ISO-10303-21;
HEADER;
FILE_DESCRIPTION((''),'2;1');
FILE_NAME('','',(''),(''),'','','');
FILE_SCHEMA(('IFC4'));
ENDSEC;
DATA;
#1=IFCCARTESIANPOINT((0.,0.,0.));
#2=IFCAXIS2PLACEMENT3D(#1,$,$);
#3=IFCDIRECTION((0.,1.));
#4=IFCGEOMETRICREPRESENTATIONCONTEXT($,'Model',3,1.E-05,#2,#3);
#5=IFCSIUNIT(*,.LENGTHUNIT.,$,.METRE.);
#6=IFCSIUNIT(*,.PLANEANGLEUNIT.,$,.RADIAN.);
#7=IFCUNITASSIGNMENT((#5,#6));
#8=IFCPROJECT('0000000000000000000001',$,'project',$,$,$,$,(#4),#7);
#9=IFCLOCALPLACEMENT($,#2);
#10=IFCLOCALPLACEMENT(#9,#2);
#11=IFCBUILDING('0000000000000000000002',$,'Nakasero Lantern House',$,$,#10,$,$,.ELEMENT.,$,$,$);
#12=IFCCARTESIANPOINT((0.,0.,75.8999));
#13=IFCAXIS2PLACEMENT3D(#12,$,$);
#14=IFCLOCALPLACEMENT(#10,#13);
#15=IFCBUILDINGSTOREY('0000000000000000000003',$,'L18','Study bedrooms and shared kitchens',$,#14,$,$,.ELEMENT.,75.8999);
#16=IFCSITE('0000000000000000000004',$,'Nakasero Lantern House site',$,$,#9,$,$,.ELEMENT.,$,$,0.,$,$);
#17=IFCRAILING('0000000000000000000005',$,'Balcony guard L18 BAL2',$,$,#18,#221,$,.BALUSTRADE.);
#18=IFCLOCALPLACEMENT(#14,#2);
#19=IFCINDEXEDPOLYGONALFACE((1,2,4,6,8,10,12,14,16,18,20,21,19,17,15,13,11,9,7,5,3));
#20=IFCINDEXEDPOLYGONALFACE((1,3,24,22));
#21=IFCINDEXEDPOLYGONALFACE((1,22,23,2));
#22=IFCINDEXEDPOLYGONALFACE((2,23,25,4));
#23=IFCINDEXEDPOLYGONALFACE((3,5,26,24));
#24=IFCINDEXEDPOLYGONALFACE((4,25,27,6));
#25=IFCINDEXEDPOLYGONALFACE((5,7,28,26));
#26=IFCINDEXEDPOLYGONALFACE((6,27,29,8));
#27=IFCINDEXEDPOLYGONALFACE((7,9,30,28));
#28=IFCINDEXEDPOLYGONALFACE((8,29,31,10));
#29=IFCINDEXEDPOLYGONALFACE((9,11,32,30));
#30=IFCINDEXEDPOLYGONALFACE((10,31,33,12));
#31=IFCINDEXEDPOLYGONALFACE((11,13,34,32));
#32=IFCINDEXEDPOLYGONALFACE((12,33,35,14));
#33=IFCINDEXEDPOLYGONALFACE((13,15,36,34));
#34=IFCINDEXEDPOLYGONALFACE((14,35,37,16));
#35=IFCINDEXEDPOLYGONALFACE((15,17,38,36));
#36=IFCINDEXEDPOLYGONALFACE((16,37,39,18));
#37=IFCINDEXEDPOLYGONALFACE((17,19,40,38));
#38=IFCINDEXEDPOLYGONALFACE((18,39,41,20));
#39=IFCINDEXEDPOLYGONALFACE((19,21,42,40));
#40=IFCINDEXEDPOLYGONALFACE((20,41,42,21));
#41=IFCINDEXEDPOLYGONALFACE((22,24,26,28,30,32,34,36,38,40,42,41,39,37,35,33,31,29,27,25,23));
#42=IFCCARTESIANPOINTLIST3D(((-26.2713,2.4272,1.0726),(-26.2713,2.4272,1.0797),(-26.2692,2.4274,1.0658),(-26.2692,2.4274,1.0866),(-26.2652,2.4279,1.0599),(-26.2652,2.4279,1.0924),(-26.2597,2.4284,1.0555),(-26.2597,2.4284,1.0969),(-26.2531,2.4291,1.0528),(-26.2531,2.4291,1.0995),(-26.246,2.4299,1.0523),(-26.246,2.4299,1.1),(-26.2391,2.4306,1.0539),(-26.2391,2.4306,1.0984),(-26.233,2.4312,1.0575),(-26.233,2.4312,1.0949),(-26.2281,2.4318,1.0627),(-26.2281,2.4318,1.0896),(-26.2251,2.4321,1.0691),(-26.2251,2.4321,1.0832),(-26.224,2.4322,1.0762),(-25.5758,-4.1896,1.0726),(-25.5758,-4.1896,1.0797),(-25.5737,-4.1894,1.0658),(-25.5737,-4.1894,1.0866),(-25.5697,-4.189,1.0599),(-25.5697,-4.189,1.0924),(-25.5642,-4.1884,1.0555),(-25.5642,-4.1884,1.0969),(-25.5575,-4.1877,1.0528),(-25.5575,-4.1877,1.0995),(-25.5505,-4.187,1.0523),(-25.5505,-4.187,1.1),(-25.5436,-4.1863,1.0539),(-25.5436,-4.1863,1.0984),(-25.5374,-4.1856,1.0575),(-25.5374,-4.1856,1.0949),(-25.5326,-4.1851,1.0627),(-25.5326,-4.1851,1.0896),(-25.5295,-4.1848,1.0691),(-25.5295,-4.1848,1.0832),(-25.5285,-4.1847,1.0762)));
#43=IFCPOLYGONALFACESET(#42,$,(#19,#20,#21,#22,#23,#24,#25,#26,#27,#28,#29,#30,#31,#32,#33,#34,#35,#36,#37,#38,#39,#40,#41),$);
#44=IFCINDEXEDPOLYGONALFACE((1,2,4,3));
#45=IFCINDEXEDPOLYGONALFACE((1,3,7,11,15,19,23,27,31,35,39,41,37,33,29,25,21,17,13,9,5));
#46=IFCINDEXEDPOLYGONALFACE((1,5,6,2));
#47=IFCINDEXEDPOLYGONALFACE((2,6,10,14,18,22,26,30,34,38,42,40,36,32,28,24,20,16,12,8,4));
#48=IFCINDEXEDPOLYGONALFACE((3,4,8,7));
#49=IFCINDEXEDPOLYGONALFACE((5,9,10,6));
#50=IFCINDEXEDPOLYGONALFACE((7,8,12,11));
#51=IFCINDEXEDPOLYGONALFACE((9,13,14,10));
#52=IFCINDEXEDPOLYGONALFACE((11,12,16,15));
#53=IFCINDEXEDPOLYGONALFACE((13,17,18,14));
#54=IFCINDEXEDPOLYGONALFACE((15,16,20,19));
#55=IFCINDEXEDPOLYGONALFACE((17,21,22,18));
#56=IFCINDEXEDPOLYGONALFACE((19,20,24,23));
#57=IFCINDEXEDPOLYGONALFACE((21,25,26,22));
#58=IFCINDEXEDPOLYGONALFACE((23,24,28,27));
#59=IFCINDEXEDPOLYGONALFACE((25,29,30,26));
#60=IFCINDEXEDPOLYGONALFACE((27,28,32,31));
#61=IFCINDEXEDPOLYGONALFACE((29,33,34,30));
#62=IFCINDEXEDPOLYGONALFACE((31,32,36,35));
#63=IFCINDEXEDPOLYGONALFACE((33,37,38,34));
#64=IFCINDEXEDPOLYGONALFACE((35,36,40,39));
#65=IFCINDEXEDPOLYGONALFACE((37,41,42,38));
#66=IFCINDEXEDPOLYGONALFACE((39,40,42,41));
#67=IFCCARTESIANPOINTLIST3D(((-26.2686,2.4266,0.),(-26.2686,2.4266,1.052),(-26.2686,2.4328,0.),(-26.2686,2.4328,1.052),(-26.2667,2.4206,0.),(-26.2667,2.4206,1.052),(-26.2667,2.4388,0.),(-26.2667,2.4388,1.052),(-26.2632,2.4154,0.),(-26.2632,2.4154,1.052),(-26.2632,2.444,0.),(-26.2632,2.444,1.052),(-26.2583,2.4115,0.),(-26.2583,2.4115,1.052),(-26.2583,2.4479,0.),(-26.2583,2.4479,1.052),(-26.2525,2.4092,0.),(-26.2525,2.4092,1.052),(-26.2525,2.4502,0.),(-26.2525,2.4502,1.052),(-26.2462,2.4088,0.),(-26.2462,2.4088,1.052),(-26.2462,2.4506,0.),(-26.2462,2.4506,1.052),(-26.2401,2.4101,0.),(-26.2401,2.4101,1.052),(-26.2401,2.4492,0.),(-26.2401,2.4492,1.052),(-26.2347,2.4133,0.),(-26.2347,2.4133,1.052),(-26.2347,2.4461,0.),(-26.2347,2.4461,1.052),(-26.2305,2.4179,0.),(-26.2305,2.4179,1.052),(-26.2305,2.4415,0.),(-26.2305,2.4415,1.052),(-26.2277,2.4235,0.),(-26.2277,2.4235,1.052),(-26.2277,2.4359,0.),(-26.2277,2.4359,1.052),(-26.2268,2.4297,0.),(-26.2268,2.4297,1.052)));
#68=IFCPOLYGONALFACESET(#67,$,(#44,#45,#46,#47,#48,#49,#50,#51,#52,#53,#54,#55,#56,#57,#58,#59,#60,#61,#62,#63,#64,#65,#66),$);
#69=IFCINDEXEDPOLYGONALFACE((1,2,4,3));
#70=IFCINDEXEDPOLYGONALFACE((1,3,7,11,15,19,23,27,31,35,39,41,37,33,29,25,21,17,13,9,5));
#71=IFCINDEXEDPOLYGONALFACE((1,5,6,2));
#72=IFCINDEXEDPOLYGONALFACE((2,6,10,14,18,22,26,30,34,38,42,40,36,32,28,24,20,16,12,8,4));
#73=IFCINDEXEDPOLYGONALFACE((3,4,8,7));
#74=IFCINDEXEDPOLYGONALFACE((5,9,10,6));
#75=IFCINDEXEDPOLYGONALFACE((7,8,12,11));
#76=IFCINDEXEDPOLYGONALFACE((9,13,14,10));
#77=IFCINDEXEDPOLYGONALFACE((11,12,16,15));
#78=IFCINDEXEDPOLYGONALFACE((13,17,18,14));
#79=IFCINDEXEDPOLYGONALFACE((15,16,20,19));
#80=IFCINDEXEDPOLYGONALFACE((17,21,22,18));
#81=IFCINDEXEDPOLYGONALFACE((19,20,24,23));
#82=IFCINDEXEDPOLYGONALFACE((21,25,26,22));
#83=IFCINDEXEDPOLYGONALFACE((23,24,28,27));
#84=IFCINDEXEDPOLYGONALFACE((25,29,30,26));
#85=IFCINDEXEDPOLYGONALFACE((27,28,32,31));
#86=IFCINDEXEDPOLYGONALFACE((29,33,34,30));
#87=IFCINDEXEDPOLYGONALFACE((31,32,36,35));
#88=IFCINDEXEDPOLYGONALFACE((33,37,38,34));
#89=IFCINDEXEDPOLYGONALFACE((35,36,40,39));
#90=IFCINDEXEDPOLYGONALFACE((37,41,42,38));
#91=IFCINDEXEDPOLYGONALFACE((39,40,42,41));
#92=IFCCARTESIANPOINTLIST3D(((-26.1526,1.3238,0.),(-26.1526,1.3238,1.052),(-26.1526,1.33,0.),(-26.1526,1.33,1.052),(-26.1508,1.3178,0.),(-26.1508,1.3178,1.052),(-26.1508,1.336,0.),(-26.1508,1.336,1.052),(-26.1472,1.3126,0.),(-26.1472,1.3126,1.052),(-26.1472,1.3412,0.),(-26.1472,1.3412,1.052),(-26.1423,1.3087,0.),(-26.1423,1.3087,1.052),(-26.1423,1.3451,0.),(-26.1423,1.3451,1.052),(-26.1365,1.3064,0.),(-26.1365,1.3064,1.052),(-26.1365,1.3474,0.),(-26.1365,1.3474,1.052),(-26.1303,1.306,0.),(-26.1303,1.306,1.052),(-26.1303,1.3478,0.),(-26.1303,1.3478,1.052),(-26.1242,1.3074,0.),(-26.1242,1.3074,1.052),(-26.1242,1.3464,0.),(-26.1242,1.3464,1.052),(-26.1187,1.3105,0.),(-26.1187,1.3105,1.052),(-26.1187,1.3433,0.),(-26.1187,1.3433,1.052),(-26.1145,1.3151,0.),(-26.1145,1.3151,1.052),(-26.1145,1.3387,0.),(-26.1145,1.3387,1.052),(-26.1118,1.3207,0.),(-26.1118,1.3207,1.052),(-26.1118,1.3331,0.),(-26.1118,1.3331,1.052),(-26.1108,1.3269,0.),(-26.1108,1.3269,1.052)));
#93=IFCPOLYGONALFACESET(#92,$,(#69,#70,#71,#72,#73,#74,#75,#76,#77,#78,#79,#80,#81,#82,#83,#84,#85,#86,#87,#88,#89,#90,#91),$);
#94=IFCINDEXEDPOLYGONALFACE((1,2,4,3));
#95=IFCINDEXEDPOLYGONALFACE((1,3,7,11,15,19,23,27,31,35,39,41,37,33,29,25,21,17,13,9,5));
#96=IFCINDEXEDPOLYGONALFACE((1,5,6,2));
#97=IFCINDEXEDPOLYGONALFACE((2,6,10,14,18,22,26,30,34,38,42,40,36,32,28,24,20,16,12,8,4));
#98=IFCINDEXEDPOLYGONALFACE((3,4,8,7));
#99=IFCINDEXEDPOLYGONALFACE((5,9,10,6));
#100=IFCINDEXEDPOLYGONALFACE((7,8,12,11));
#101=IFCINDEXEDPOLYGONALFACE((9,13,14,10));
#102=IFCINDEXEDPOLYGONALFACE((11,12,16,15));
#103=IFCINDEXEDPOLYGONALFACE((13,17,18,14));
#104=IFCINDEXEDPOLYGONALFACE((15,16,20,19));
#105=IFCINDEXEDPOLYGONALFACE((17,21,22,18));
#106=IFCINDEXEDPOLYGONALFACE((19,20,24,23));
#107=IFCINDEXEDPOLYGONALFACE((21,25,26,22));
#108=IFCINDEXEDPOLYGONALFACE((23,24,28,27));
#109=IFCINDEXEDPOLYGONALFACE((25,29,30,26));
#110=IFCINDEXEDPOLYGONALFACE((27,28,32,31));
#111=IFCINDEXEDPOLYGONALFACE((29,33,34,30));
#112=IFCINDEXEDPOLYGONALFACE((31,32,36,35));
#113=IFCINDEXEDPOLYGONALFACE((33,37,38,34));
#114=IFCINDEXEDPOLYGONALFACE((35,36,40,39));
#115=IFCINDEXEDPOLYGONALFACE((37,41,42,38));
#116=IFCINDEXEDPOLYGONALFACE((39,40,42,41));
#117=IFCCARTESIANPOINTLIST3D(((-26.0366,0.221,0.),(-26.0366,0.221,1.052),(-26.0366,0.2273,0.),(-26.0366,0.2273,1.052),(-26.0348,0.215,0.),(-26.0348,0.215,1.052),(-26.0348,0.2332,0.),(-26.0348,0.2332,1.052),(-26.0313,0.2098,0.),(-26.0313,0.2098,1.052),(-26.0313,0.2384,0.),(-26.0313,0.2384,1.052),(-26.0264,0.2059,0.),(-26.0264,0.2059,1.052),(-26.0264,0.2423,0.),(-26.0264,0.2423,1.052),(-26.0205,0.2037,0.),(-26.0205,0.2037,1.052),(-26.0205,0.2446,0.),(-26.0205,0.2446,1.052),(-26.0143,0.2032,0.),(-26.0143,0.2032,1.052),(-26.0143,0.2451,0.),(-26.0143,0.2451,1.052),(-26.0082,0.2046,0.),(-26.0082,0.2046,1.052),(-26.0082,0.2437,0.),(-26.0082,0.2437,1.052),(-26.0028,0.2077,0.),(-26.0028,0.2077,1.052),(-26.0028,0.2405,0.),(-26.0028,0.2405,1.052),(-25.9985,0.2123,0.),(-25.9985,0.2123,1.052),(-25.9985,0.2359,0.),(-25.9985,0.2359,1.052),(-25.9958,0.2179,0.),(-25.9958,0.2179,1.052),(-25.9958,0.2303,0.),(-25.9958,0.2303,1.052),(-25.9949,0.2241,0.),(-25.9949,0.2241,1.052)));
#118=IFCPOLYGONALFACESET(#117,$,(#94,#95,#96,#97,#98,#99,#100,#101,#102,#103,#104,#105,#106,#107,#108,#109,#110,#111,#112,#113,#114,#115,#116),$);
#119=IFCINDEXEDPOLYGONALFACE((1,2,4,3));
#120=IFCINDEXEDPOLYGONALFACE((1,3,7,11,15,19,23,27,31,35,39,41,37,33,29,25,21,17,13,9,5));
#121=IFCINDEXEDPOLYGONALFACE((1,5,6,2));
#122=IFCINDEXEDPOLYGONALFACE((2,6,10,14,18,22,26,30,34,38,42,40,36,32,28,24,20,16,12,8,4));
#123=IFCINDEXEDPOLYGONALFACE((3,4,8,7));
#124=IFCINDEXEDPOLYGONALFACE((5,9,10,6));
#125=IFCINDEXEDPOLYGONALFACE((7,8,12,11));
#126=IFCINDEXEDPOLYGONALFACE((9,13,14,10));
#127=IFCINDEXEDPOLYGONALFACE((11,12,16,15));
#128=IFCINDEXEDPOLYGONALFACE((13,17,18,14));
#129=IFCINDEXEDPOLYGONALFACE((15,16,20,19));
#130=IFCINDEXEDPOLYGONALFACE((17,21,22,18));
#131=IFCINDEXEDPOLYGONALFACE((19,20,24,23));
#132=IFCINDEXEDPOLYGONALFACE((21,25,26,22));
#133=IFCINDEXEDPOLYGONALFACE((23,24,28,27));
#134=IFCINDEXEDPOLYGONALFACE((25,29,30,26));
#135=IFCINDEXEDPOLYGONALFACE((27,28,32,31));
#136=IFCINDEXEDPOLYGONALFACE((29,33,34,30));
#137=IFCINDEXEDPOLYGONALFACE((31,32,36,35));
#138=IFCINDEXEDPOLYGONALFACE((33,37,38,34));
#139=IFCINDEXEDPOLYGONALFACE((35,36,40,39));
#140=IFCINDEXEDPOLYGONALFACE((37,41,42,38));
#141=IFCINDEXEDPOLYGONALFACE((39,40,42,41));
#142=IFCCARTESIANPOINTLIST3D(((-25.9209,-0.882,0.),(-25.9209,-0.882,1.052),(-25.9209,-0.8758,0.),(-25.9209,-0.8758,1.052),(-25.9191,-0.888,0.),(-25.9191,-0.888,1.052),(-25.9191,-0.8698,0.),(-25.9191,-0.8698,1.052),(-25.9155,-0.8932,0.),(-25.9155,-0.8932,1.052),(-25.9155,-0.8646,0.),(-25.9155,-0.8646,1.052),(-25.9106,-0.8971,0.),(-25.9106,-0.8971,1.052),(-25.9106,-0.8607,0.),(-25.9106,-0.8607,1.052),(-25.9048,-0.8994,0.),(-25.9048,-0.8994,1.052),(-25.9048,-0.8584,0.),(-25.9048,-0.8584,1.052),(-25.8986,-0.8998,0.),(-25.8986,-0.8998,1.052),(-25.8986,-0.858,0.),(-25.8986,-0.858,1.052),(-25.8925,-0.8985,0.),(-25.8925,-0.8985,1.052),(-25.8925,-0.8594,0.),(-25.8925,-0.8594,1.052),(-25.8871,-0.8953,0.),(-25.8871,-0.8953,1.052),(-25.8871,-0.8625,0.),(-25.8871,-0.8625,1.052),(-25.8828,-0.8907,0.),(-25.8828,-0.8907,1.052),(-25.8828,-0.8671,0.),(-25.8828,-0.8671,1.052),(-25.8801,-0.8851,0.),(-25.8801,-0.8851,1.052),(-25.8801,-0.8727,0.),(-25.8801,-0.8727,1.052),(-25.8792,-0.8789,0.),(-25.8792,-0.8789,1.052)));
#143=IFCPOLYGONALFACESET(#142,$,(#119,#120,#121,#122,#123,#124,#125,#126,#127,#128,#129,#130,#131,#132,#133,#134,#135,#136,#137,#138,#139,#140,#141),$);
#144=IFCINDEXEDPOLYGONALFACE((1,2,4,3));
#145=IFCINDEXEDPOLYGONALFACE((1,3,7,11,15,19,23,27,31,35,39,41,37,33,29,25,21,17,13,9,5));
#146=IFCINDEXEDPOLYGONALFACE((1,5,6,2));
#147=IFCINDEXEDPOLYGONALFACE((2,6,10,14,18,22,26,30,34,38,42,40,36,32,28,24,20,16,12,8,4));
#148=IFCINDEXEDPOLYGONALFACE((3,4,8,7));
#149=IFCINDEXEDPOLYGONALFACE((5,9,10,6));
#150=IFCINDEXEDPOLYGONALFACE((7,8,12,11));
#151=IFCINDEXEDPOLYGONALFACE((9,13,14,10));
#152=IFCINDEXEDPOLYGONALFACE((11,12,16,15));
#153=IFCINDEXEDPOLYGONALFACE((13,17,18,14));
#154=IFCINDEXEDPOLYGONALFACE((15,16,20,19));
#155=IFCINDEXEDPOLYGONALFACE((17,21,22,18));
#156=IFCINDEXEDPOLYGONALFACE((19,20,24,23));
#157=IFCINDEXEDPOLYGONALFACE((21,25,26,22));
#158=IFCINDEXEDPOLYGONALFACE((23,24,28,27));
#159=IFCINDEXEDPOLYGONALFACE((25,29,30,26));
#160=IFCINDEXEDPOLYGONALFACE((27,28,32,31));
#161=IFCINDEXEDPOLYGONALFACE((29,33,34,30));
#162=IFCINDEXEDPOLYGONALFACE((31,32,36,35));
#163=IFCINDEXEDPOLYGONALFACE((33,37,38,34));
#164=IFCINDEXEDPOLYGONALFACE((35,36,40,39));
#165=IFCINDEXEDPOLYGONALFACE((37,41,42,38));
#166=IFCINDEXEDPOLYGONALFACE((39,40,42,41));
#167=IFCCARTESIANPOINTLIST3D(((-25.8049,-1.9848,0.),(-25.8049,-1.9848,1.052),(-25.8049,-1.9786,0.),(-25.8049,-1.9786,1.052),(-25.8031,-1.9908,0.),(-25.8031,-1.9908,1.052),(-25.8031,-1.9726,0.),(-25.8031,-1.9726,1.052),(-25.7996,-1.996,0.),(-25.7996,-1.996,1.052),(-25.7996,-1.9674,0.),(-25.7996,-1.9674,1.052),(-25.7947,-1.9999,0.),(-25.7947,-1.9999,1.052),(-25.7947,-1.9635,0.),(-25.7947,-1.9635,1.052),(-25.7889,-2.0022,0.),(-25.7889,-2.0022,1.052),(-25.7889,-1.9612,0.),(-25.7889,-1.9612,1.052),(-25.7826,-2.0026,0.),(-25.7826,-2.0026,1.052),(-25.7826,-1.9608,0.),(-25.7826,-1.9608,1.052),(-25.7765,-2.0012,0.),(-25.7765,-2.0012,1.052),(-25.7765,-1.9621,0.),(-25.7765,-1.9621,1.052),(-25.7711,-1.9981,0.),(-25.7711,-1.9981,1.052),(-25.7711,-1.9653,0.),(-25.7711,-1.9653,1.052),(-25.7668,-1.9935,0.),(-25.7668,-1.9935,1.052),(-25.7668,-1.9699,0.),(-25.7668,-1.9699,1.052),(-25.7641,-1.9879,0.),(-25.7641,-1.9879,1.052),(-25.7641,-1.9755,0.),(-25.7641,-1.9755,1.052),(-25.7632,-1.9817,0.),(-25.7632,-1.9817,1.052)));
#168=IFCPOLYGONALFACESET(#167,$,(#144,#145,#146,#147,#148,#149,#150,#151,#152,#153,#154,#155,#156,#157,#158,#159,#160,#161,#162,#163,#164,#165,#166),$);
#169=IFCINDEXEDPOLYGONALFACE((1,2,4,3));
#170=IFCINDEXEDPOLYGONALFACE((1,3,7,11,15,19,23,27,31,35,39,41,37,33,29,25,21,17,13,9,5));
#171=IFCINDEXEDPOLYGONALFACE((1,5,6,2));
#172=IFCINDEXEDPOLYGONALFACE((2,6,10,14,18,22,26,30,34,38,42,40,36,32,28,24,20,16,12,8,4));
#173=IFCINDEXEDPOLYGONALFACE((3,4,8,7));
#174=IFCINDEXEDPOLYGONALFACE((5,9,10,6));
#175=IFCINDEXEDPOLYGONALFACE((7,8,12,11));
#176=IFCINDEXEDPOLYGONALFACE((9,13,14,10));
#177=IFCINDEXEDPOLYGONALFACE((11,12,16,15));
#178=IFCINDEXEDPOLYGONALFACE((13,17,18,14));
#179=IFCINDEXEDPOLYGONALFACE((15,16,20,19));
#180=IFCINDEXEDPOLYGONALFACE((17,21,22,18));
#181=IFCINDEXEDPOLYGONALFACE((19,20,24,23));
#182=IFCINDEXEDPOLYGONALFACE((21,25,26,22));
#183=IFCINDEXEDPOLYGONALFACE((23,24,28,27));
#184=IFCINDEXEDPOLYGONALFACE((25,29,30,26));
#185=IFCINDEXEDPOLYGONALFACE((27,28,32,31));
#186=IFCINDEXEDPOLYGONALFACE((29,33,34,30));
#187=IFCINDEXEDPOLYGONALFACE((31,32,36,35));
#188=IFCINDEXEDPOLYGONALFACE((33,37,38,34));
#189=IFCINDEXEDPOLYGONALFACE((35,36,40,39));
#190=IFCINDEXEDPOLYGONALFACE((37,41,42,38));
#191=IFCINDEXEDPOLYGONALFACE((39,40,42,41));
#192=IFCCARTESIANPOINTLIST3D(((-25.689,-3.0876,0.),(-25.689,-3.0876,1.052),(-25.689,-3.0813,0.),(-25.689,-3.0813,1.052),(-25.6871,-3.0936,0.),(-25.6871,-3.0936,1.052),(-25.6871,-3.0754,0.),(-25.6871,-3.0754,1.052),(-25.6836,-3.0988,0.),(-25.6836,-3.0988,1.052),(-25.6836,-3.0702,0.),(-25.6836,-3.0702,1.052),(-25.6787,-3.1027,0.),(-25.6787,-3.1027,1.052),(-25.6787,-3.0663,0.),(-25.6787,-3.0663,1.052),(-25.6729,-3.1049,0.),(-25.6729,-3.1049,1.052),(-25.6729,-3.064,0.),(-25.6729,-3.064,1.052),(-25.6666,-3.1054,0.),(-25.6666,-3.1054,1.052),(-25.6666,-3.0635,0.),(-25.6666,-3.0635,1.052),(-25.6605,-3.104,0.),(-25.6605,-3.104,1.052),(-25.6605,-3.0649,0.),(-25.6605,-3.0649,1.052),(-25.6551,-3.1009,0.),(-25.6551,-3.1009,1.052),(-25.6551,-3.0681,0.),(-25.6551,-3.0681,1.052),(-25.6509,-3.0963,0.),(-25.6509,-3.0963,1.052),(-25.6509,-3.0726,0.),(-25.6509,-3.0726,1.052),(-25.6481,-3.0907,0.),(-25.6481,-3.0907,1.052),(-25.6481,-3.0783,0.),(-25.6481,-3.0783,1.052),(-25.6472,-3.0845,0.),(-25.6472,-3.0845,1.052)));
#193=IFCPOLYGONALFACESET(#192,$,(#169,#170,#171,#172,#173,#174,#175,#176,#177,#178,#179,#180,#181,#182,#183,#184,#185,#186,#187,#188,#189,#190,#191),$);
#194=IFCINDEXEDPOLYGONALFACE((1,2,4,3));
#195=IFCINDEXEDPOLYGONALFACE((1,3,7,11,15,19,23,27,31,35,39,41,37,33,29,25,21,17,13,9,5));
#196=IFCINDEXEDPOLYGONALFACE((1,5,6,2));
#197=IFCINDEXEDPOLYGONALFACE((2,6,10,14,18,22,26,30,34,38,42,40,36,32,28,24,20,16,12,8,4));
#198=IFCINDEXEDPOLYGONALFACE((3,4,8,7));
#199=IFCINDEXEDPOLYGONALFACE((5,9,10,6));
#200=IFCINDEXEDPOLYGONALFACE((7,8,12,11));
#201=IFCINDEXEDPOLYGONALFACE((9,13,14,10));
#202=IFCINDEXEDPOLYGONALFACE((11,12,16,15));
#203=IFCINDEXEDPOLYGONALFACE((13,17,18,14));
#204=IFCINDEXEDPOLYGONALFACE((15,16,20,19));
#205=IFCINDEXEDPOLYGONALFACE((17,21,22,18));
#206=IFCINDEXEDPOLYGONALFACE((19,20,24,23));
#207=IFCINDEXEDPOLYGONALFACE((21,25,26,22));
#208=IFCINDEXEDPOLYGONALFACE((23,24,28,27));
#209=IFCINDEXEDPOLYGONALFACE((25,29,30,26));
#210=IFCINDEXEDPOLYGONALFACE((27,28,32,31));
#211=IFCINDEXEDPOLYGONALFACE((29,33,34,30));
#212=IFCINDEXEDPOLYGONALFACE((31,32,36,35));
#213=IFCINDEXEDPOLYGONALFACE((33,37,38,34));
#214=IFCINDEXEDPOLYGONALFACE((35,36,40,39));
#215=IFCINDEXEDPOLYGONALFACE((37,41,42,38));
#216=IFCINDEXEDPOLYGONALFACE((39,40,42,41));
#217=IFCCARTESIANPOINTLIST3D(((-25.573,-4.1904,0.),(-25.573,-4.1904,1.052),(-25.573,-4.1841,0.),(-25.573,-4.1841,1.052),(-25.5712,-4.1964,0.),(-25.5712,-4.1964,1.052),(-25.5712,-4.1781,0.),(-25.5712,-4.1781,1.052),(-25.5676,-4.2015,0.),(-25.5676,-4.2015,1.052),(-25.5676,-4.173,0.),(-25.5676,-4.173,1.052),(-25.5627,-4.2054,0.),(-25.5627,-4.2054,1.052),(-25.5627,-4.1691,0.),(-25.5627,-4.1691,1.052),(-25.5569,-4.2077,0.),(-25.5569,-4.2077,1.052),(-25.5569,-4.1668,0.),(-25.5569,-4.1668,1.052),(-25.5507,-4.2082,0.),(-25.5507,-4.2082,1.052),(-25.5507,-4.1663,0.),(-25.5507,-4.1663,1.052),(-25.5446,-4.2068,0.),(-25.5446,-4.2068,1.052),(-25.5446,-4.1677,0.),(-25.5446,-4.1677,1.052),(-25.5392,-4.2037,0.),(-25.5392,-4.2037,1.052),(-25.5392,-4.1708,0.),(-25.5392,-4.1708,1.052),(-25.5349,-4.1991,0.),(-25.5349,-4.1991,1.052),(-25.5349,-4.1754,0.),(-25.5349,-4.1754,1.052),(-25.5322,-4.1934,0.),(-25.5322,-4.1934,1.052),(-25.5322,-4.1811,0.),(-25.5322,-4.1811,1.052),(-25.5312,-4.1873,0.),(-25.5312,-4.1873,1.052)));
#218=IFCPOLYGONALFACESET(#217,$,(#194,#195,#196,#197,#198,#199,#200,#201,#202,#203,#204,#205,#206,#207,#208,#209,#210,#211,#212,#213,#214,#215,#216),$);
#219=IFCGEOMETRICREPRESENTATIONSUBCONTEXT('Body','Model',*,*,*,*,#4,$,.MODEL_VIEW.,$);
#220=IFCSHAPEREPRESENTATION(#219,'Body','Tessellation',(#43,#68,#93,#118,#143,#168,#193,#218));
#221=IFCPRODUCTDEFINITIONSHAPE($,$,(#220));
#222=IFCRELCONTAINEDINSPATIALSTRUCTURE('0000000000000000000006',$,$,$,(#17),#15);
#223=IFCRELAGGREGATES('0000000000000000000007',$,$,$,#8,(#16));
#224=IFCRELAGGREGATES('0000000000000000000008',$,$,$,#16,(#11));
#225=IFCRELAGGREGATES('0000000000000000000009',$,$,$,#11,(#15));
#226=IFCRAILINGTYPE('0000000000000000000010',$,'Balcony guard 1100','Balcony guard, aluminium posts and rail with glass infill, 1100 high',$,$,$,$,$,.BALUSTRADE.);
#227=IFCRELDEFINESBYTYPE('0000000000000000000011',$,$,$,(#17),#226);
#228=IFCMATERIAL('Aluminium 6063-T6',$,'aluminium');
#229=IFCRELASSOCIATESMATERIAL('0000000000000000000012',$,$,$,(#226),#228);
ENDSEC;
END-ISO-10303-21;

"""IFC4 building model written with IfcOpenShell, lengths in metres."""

from ifc_helpers import new_model, si_unit, direction, frame, origin, origin_2d, place, context, subcontext, project, spatial, circle, extrude, material, type_object, element, save


model = new_model("IFC4")

# Units and contexts
model_context = context("Model", 3, precision=1e-05, world=origin(), true_north=direction((0.0, 1.0)))
body_context = subcontext(model_context, "Body", "Model", "MODEL_VIEW")
ifc_project = project(units=[si_unit("LENGTHUNIT", "METRE"), si_unit("PLANEANGLEUNIT", "RADIAN")], contexts=[model_context])

# Site, building, storey
site_placement = place(None, origin())
site = spatial("IfcSite", under=ifc_project, at=site_placement, Name="Nakasero Lantern House site", CompositionType="ELEMENT", RefElevation=0.0)
building_placement = place(site_placement, origin())
building = spatial("IfcBuilding", under=site, at=building_placement, Name="Nakasero Lantern House", CompositionType="ELEMENT")
storey_placement = place(building_placement, frame((0.0, 0.0, 75.8999)))
storey = spatial("IfcBuildingStorey", under=building, at=storey_placement, Name="L18", Description="Study bedrooms and shared kitchens", CompositionType="ELEMENT", Elevation=75.8999)

# Railing
ifc_material_1 = material(Name="Aluminium 6063-T6", Category="aluminium")
railing_type = type_object("IfcRailingType", Name="Balcony guard 1100", Description="Balcony guard, aluminium posts and rail with glass infill, 1100 high", PredefinedType="BALUSTRADE", material=ifc_material_1)
railing_placement = place(storey_placement, frame((-26.2478, 2.4297, 0.0)))
element("IfcRailing", 1, at=railing_placement, inside=storey, type_object=railing_type, Name="Balcony guard L18 BAL2", PredefinedType="BALUSTRADE", context=body_context, shape_type="SweptSolid", body=[
    extrude(circle(Radius=0.0239, at=origin_2d()), frame((0.0, 0.0, 1.0762), z_axis=(0.104542, -0.994521, 0.0), x_axis=(0.994521, 0.104542, 0.0)), (0.0, 0.0, 1.0), 6.6533),
    extrude(circle(Radius=0.021, at=origin_2d()), origin(), (0.0, 0.0, 1.0), 1.052),
    extrude(circle(Radius=0.021, at=origin_2d()), frame((0.116, -1.1028, 0.0)), (0.0, 0.0, 1.0), 1.052),
    extrude(circle(Radius=0.021, at=origin_2d()), frame((0.2319, -2.2056, 0.0)), (0.0, 0.0, 1.0), 1.052),
    extrude(circle(Radius=0.021, at=origin_2d()), frame((0.3477, -3.3086, 0.0)), (0.0, 0.0, 1.0), 1.052),
    extrude(circle(Radius=0.021, at=origin_2d()), frame((0.4636, -4.4114, 0.0)), (0.0, 0.0, 1.0), 1.052),
    extrude(circle(Radius=0.021, at=origin_2d()), frame((0.5796, -5.5142, 0.0)), (0.0, 0.0, 1.0), 1.052),
    extrude(circle(Radius=0.021, at=origin_2d()), frame((0.6956, -6.6169, 0.0)), (0.0, 0.0, 1.0), 1.052),
])

save(model, "model.ifc")
